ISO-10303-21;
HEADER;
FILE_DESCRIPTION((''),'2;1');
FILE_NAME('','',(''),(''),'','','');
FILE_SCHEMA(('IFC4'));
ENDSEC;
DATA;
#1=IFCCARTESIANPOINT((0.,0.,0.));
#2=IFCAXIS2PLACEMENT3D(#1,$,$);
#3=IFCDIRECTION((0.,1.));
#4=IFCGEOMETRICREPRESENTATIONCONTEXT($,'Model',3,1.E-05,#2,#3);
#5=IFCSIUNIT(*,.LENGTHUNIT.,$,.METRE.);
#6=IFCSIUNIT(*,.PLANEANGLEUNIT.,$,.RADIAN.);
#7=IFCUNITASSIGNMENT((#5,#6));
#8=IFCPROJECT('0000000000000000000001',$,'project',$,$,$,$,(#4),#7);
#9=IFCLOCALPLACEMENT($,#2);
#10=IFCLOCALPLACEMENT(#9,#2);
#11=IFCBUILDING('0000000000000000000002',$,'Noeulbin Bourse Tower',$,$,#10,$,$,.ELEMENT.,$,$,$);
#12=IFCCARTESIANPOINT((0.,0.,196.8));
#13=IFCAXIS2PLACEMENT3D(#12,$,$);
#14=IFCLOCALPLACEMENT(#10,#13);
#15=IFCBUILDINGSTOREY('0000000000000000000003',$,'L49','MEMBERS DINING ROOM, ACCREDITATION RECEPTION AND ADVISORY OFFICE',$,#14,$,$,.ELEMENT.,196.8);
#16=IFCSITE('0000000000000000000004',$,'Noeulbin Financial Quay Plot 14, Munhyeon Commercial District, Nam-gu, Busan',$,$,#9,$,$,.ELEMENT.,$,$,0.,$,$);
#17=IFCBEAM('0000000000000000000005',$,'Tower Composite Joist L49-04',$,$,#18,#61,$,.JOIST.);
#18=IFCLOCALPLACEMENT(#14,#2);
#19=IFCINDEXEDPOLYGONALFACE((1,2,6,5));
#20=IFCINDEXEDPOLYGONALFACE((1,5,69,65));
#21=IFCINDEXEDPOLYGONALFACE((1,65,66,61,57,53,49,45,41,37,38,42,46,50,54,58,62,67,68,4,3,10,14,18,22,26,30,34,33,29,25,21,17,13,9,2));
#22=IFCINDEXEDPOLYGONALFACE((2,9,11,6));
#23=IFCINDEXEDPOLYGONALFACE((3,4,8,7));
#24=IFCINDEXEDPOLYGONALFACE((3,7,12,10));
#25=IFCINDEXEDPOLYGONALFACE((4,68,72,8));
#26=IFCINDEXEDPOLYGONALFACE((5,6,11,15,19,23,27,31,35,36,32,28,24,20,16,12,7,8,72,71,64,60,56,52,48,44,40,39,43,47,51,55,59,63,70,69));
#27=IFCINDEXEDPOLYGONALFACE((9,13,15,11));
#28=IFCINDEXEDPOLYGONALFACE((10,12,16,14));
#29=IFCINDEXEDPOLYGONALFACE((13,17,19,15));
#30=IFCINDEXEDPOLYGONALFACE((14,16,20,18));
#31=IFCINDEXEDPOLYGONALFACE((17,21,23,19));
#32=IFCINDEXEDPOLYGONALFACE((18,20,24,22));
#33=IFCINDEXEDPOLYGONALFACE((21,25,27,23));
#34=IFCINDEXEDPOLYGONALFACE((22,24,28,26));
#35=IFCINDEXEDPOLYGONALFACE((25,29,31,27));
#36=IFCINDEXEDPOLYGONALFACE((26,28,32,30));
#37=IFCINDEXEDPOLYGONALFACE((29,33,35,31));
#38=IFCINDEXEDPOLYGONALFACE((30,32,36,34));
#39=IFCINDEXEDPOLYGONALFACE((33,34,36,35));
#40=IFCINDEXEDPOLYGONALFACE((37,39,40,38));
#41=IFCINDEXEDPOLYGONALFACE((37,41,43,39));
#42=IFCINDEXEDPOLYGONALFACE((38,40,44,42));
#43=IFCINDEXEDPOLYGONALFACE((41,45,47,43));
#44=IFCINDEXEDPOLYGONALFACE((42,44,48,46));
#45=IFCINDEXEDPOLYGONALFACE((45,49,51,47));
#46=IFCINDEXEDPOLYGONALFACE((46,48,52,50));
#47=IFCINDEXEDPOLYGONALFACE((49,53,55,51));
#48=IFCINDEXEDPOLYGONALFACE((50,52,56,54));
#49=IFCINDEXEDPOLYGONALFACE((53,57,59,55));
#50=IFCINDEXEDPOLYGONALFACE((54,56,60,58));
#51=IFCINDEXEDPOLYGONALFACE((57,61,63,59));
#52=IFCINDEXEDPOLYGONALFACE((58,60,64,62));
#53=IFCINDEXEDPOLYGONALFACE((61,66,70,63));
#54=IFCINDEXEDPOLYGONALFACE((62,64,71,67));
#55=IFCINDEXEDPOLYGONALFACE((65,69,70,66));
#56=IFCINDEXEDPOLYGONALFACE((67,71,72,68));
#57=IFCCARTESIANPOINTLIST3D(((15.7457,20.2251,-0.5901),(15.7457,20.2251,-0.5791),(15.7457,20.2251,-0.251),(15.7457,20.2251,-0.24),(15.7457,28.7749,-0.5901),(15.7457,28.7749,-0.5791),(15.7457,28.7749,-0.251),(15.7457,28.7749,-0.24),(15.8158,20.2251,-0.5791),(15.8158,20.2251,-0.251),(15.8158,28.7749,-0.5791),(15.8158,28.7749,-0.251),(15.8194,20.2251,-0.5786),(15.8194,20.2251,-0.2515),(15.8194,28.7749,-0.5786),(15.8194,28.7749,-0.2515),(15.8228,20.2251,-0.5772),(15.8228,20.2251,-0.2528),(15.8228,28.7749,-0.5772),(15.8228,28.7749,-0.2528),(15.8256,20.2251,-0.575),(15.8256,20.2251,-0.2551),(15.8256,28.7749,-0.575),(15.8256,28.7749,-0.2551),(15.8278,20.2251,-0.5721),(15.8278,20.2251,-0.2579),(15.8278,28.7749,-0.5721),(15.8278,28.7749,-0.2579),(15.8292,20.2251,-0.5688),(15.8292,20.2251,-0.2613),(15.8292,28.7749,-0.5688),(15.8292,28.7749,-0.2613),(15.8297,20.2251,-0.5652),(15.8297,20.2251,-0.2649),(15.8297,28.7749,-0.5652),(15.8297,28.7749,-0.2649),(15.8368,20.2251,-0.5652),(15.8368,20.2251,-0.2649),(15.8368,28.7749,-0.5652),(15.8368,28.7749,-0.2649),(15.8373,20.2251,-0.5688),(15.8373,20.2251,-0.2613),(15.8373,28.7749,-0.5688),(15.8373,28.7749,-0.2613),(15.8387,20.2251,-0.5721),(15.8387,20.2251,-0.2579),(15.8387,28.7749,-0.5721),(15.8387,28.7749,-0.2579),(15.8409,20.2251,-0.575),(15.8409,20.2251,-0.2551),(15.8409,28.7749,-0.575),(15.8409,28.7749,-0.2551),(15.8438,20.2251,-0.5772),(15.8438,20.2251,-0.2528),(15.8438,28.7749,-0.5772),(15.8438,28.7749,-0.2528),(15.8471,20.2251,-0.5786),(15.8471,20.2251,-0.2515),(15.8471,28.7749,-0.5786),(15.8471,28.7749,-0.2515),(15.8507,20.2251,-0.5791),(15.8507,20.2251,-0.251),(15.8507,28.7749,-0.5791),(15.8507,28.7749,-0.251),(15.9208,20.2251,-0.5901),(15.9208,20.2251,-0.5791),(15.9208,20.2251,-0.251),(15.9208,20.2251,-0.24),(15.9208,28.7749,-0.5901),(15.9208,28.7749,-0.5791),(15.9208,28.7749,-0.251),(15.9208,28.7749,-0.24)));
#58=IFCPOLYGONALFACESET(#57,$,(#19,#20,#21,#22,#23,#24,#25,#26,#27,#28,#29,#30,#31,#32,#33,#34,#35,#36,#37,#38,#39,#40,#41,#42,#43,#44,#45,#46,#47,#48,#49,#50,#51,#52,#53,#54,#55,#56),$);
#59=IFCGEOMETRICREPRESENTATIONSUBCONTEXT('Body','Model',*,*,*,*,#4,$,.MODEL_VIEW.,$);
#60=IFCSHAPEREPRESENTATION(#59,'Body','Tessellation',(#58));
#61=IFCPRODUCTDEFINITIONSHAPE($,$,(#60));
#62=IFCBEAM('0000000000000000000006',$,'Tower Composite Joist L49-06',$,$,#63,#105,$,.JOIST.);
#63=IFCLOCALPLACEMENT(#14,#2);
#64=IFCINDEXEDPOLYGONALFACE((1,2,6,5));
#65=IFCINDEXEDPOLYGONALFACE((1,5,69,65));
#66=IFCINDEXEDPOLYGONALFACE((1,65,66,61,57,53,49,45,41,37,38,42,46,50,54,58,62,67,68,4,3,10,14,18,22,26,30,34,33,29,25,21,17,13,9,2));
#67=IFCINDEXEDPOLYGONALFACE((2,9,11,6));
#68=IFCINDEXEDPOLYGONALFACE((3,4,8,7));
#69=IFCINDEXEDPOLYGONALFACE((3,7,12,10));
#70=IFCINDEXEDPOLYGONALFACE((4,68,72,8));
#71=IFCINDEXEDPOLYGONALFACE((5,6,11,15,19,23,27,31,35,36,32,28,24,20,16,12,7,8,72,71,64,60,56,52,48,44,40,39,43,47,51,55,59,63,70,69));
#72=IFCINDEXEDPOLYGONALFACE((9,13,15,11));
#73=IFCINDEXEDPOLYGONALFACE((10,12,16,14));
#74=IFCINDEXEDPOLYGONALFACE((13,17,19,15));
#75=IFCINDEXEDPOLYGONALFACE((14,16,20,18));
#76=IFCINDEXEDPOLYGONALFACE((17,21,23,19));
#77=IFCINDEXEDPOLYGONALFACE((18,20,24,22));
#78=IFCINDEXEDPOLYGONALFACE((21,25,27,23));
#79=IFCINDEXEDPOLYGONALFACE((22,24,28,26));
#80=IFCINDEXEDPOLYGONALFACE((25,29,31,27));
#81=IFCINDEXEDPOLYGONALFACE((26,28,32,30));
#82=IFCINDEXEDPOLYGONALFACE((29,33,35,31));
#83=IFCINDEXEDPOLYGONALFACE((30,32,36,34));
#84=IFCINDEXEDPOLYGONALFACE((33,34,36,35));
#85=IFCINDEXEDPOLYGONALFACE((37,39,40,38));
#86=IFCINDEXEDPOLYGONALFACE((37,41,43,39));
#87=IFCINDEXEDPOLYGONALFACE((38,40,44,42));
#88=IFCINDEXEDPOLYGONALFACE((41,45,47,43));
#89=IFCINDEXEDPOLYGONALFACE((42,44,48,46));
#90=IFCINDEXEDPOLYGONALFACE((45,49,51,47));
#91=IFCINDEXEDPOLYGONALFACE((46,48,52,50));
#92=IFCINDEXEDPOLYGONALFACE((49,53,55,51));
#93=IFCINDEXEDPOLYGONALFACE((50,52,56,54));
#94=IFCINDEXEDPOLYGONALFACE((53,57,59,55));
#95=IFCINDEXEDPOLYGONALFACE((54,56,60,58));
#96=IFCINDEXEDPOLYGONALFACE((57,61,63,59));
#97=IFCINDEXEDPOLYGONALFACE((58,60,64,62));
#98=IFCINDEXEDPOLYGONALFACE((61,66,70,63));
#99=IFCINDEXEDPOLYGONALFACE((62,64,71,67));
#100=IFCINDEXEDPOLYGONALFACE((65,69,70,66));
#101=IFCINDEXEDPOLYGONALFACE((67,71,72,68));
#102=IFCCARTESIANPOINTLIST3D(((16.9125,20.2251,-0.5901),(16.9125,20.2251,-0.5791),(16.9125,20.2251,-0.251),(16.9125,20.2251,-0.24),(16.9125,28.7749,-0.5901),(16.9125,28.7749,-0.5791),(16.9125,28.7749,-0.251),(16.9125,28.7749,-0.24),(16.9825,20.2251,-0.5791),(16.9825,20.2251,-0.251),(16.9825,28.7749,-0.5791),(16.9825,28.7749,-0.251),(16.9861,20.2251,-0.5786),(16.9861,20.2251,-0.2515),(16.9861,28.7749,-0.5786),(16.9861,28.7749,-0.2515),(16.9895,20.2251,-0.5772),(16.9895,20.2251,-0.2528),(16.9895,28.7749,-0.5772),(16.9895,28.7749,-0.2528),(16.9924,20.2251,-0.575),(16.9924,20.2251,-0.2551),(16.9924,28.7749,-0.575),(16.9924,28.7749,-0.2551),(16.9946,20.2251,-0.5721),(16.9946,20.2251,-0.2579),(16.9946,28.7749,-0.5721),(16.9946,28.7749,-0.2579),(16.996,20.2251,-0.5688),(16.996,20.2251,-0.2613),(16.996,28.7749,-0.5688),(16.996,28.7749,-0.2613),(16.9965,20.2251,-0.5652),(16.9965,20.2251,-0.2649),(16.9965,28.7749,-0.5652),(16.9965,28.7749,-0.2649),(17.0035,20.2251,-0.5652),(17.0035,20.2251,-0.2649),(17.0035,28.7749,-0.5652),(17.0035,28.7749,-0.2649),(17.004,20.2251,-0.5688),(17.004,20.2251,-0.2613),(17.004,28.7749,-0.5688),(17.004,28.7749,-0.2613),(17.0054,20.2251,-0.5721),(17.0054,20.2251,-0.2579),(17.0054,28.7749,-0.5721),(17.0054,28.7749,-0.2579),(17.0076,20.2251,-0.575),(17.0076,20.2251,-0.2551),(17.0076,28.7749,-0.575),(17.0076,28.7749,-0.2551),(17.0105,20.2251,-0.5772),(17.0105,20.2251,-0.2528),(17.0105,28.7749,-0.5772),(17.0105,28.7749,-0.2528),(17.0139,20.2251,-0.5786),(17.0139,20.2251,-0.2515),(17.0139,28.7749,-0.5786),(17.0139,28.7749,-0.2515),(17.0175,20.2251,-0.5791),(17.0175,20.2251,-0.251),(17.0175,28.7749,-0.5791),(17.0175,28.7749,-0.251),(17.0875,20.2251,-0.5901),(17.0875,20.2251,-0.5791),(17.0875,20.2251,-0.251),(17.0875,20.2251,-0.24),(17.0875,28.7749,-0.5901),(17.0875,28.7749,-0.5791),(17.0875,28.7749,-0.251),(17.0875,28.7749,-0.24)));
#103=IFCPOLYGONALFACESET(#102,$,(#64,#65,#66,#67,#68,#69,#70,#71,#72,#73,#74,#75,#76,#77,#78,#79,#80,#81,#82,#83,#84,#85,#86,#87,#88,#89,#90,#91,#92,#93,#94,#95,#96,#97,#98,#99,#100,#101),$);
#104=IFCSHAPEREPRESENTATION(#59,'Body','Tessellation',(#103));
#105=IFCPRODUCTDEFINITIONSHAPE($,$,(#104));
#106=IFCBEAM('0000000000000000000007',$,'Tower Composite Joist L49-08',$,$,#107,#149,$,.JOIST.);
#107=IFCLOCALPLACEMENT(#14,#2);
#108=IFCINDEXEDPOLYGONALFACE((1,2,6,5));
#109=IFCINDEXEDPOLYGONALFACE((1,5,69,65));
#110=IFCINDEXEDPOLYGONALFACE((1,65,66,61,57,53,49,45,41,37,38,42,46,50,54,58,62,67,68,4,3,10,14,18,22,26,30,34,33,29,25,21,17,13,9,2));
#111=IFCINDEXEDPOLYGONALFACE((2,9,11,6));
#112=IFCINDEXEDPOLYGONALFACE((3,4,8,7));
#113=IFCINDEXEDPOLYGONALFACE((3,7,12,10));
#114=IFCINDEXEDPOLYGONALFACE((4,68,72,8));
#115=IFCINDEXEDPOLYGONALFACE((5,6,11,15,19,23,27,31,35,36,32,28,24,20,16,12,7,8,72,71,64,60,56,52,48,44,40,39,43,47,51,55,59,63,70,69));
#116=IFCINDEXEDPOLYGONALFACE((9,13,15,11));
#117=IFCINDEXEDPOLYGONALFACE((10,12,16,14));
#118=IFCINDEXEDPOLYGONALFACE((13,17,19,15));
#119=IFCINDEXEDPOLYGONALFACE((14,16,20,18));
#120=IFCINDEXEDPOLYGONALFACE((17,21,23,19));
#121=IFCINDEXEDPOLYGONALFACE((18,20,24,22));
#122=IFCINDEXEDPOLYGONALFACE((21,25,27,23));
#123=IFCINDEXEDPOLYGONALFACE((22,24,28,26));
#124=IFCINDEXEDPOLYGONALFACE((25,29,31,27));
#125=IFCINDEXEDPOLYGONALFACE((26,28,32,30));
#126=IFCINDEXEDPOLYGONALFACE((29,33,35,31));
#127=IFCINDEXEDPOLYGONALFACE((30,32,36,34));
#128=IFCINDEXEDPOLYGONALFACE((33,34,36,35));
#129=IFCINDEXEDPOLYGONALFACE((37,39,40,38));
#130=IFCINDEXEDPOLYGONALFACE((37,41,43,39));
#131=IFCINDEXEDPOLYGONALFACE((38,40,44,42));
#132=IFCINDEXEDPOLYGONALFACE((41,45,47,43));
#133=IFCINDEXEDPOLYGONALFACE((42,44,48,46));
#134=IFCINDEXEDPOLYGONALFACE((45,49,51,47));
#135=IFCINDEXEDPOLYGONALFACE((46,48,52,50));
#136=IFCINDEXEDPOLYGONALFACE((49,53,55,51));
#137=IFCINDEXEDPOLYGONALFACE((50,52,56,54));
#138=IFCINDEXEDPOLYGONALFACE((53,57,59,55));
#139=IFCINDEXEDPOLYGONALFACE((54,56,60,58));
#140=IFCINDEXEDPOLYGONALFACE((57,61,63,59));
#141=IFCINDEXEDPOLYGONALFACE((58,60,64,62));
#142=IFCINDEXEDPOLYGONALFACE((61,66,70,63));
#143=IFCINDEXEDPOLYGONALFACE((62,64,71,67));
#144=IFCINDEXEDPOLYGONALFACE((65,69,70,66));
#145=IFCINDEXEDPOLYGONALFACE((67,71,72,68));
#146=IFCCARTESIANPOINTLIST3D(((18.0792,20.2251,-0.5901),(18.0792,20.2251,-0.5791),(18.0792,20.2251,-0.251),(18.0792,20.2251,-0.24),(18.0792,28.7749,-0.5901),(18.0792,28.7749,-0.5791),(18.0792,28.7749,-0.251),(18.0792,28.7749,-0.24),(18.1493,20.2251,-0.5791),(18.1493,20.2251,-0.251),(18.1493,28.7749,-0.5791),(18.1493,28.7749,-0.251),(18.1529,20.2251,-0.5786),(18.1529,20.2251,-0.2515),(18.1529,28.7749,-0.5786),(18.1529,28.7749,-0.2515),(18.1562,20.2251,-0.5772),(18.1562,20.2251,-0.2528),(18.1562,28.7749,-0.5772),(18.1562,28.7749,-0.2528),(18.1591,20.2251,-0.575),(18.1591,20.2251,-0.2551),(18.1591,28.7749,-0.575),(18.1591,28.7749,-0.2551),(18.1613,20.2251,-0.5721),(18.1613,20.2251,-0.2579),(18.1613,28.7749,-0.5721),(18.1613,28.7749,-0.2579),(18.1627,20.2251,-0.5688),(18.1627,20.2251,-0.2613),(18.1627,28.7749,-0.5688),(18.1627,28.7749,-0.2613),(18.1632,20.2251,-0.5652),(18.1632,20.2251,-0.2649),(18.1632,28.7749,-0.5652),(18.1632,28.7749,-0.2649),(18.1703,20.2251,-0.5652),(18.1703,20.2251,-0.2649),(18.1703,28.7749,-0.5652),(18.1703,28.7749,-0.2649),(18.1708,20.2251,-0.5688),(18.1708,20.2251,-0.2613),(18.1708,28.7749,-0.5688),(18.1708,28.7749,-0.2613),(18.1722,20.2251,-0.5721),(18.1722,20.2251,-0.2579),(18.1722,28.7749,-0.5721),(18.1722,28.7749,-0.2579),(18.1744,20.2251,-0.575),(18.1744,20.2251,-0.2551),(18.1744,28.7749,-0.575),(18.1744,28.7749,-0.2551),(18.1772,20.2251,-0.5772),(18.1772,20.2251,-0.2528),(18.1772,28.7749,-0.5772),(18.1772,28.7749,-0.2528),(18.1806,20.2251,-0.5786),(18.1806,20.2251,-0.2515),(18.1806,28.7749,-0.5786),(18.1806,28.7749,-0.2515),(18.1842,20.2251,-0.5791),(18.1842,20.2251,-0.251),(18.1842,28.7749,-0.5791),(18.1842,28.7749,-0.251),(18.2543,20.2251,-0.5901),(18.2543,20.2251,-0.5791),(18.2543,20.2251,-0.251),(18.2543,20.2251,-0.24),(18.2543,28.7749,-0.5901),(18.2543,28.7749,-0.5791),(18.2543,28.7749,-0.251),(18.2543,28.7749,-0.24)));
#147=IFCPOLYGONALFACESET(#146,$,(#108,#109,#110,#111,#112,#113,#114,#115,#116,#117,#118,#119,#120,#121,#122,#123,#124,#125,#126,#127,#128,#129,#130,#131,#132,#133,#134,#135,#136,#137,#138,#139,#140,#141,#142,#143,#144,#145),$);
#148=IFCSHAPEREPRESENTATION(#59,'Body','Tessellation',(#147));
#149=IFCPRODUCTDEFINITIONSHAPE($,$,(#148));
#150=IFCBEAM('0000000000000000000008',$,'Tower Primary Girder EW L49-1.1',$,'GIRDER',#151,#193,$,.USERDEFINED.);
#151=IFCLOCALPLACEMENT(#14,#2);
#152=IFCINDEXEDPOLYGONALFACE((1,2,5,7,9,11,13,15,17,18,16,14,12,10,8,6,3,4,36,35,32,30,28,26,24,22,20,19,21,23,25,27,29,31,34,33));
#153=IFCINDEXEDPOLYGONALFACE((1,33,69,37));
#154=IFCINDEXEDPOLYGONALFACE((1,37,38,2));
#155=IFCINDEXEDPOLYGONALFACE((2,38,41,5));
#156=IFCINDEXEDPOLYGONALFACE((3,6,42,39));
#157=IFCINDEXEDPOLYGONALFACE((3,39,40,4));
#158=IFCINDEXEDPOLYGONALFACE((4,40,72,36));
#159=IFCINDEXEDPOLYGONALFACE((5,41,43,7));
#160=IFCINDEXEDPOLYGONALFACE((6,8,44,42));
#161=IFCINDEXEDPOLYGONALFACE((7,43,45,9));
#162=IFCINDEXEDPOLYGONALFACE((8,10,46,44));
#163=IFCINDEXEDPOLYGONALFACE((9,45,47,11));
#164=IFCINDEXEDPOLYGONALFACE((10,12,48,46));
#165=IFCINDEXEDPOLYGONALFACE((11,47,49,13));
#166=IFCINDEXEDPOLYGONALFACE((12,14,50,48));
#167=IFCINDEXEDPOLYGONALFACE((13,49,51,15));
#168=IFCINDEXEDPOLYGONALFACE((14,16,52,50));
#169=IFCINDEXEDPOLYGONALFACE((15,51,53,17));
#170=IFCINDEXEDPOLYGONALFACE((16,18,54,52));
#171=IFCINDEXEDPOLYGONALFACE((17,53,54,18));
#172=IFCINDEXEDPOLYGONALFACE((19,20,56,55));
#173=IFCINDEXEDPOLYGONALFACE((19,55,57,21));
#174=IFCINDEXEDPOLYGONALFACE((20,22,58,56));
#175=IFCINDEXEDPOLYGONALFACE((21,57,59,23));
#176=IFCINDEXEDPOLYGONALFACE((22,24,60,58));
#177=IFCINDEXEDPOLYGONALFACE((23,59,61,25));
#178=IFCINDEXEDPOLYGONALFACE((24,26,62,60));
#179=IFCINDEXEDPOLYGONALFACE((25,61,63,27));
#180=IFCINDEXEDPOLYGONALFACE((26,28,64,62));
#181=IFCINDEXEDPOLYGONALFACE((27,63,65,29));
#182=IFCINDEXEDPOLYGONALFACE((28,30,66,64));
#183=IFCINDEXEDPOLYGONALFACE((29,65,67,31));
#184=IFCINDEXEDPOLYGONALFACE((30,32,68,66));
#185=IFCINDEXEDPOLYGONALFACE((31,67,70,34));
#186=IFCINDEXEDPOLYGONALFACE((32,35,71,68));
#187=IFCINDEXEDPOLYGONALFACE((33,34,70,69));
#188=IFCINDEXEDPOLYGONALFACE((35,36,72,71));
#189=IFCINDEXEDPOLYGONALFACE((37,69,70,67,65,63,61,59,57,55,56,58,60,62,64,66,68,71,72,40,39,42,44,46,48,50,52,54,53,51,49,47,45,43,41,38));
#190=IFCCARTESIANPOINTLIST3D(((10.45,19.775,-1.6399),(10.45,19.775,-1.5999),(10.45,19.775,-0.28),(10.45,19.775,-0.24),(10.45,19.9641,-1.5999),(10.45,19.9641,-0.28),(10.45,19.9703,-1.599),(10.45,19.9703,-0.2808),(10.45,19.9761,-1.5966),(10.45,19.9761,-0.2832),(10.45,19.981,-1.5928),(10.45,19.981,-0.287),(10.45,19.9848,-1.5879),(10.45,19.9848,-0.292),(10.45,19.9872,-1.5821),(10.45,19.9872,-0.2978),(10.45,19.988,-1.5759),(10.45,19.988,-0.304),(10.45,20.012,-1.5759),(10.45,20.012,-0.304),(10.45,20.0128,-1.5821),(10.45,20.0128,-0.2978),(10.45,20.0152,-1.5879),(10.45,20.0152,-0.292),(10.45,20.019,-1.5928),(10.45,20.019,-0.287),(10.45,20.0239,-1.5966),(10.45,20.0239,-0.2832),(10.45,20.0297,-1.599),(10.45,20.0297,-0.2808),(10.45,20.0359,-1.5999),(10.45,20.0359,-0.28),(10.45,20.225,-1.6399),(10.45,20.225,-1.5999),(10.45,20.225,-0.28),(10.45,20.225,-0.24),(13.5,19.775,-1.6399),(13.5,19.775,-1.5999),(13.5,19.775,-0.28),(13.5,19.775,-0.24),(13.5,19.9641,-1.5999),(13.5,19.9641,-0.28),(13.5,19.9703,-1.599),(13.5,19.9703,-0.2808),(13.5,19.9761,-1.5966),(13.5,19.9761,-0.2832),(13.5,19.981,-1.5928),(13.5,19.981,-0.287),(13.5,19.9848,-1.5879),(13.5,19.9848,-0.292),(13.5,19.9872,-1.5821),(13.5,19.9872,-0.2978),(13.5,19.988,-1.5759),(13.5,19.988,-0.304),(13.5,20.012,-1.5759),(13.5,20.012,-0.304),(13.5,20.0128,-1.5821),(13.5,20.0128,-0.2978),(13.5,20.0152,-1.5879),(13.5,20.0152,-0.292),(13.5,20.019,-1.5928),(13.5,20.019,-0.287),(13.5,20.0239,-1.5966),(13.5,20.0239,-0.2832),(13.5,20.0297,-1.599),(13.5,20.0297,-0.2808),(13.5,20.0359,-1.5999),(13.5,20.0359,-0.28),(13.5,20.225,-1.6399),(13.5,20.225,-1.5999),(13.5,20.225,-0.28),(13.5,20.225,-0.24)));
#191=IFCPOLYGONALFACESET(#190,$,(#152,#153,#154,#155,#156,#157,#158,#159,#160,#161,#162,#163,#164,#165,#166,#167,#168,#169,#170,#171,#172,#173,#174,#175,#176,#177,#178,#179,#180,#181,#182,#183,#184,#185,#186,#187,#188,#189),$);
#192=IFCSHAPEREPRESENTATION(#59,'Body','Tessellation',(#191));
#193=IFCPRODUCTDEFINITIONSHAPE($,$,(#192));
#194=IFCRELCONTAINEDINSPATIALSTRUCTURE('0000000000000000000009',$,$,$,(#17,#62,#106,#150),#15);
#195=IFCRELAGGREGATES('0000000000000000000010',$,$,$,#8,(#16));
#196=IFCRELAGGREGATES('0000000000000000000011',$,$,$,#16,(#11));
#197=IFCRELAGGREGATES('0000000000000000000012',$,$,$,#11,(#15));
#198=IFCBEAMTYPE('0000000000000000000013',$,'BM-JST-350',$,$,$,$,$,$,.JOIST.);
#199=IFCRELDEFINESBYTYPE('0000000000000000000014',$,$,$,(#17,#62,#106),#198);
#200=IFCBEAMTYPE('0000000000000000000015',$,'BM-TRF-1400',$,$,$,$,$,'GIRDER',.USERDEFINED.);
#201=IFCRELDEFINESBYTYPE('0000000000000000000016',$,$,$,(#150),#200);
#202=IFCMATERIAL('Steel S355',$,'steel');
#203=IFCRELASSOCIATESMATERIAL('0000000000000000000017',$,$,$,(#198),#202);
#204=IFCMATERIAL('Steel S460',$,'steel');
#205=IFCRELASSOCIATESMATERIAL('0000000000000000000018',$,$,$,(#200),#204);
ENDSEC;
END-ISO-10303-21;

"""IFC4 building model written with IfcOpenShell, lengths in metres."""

from ifc_helpers import new_model, si_unit, direction, frame, origin, origin_2d, place, context, subcontext, project, spatial, i_section, extrude, material, material_profile, profile_set, type_object, element, save


model = new_model("IFC4")

# Units and contexts
model_context = context("Model", 3, precision=1e-05, world=origin(), true_north=direction((0.0, 1.0)))
body_context = subcontext(model_context, "Body", "Model", "MODEL_VIEW")
ifc_project = project(units=[si_unit("LENGTHUNIT", "METRE"), si_unit("PLANEANGLEUNIT", "RADIAN")], contexts=[model_context])

# Site, building, storey
site_placement = place(None, origin())
site = spatial("IfcSite", under=ifc_project, at=site_placement, Name="Noeulbin Financial Quay Plot 14, Munhyeon Commercial District, Nam-gu, Busan", CompositionType="ELEMENT", RefElevation=0.0)
building_placement = place(site_placement, origin())
building = spatial("IfcBuilding", under=site, at=building_placement, Name="Noeulbin Bourse Tower", CompositionType="ELEMENT")
storey_placement = place(building_placement, frame((0.0, 0.0, 196.8)))
storey = spatial("IfcBuildingStorey", under=building, at=storey_placement, Name="L49", Description="MEMBERS DINING ROOM, ACCREDITATION RECEPTION AND ADVISORY OFFICE", CompositionType="ELEMENT", Elevation=196.8)

# Shared definitions
ifc_material_1 = material(Name="Steel S355", Category="steel")
ifc_material_2 = material(Name="Steel S460", Category="steel")

# Beams
ifc_material_profile_1 = material_profile(ifc_material_1, i_section(OverallWidth=0.175, OverallDepth=0.3501, WebThickness=0.0071, FlangeThickness=0.011, FilletRadius=0.0139, at=origin_2d()), Name="H-350x175x7x11", Category="LoadBearing")
ifc_profile_set_1 = profile_set([ifc_material_profile_1], Name="Steel S355")
beam_type_1 = type_object("IfcBeamType", Name="BM-JST-350", PredefinedType="JOIST", material=ifc_profile_set_1)
for number, where, z_axis, x_axis, name in (
    (1, (15.8333, 20.2251, -0.415), (0.0, 1.0, 0.0), (-1.0, 0.0, 0.0), "Tower Composite Joist L49-04"),
    (2, (17.0, 20.2251, -0.415), (0.0, 1.0, 0.0), (-1.0, 0.0, 0.0), "Tower Composite Joist L49-06"),
    (3, (18.1667, 20.2251, -0.415), (0.0, 1.0, 0.0), (-1.0, 0.0, 0.0), "Tower Composite Joist L49-08"),
):
    element("IfcBeam", number, at=place(storey_placement, frame(where, z_axis=z_axis, x_axis=x_axis)), inside=storey, type_object=beam_type_1, Name=name, PredefinedType="JOIST", context=body_context, shape_type="SweptSolid", body=[
        extrude(i_section(OverallWidth=0.175, OverallDepth=0.3501, WebThickness=0.0071, FlangeThickness=0.011, FilletRadius=0.0139, at=origin_2d()), origin(), (0.0, 0.0, 1.0), 8.5498),
    ])
ifc_material_profile_2 = material_profile(ifc_material_2, i_section(OverallWidth=0.45, OverallDepth=1.3999, WebThickness=0.0239, FlangeThickness=0.04, FilletRadius=0.0239, at=origin_2d()), Name="PG-1400x450x24x40", Category="LoadBearing")
ifc_profile_set_2 = profile_set([ifc_material_profile_2], Name="Steel S460")
beam_type_2 = type_object("IfcBeamType", Name="BM-TRF-1400", ElementType="GIRDER", PredefinedType="USERDEFINED", material=ifc_profile_set_2)
beam_1_placement = place(storey_placement, frame((10.45, 20.0, -0.9399), z_axis=(1.0, 0.0, 0.0), x_axis=(0.0, 1.0, 0.0)))
element("IfcBeam", 4, at=beam_1_placement, inside=storey, type_object=beam_type_2, Name="Tower Primary Girder EW L49-1.1", ObjectType="GIRDER", PredefinedType="USERDEFINED", context=body_context, shape_type="SweptSolid", body=[
    extrude(i_section(OverallWidth=0.45, OverallDepth=1.3999, WebThickness=0.0239, FlangeThickness=0.04, FilletRadius=0.0239, at=origin_2d()), origin(), (0.0, 0.0, 1.0), 3.05),
])

save(model, "model.ifc")
